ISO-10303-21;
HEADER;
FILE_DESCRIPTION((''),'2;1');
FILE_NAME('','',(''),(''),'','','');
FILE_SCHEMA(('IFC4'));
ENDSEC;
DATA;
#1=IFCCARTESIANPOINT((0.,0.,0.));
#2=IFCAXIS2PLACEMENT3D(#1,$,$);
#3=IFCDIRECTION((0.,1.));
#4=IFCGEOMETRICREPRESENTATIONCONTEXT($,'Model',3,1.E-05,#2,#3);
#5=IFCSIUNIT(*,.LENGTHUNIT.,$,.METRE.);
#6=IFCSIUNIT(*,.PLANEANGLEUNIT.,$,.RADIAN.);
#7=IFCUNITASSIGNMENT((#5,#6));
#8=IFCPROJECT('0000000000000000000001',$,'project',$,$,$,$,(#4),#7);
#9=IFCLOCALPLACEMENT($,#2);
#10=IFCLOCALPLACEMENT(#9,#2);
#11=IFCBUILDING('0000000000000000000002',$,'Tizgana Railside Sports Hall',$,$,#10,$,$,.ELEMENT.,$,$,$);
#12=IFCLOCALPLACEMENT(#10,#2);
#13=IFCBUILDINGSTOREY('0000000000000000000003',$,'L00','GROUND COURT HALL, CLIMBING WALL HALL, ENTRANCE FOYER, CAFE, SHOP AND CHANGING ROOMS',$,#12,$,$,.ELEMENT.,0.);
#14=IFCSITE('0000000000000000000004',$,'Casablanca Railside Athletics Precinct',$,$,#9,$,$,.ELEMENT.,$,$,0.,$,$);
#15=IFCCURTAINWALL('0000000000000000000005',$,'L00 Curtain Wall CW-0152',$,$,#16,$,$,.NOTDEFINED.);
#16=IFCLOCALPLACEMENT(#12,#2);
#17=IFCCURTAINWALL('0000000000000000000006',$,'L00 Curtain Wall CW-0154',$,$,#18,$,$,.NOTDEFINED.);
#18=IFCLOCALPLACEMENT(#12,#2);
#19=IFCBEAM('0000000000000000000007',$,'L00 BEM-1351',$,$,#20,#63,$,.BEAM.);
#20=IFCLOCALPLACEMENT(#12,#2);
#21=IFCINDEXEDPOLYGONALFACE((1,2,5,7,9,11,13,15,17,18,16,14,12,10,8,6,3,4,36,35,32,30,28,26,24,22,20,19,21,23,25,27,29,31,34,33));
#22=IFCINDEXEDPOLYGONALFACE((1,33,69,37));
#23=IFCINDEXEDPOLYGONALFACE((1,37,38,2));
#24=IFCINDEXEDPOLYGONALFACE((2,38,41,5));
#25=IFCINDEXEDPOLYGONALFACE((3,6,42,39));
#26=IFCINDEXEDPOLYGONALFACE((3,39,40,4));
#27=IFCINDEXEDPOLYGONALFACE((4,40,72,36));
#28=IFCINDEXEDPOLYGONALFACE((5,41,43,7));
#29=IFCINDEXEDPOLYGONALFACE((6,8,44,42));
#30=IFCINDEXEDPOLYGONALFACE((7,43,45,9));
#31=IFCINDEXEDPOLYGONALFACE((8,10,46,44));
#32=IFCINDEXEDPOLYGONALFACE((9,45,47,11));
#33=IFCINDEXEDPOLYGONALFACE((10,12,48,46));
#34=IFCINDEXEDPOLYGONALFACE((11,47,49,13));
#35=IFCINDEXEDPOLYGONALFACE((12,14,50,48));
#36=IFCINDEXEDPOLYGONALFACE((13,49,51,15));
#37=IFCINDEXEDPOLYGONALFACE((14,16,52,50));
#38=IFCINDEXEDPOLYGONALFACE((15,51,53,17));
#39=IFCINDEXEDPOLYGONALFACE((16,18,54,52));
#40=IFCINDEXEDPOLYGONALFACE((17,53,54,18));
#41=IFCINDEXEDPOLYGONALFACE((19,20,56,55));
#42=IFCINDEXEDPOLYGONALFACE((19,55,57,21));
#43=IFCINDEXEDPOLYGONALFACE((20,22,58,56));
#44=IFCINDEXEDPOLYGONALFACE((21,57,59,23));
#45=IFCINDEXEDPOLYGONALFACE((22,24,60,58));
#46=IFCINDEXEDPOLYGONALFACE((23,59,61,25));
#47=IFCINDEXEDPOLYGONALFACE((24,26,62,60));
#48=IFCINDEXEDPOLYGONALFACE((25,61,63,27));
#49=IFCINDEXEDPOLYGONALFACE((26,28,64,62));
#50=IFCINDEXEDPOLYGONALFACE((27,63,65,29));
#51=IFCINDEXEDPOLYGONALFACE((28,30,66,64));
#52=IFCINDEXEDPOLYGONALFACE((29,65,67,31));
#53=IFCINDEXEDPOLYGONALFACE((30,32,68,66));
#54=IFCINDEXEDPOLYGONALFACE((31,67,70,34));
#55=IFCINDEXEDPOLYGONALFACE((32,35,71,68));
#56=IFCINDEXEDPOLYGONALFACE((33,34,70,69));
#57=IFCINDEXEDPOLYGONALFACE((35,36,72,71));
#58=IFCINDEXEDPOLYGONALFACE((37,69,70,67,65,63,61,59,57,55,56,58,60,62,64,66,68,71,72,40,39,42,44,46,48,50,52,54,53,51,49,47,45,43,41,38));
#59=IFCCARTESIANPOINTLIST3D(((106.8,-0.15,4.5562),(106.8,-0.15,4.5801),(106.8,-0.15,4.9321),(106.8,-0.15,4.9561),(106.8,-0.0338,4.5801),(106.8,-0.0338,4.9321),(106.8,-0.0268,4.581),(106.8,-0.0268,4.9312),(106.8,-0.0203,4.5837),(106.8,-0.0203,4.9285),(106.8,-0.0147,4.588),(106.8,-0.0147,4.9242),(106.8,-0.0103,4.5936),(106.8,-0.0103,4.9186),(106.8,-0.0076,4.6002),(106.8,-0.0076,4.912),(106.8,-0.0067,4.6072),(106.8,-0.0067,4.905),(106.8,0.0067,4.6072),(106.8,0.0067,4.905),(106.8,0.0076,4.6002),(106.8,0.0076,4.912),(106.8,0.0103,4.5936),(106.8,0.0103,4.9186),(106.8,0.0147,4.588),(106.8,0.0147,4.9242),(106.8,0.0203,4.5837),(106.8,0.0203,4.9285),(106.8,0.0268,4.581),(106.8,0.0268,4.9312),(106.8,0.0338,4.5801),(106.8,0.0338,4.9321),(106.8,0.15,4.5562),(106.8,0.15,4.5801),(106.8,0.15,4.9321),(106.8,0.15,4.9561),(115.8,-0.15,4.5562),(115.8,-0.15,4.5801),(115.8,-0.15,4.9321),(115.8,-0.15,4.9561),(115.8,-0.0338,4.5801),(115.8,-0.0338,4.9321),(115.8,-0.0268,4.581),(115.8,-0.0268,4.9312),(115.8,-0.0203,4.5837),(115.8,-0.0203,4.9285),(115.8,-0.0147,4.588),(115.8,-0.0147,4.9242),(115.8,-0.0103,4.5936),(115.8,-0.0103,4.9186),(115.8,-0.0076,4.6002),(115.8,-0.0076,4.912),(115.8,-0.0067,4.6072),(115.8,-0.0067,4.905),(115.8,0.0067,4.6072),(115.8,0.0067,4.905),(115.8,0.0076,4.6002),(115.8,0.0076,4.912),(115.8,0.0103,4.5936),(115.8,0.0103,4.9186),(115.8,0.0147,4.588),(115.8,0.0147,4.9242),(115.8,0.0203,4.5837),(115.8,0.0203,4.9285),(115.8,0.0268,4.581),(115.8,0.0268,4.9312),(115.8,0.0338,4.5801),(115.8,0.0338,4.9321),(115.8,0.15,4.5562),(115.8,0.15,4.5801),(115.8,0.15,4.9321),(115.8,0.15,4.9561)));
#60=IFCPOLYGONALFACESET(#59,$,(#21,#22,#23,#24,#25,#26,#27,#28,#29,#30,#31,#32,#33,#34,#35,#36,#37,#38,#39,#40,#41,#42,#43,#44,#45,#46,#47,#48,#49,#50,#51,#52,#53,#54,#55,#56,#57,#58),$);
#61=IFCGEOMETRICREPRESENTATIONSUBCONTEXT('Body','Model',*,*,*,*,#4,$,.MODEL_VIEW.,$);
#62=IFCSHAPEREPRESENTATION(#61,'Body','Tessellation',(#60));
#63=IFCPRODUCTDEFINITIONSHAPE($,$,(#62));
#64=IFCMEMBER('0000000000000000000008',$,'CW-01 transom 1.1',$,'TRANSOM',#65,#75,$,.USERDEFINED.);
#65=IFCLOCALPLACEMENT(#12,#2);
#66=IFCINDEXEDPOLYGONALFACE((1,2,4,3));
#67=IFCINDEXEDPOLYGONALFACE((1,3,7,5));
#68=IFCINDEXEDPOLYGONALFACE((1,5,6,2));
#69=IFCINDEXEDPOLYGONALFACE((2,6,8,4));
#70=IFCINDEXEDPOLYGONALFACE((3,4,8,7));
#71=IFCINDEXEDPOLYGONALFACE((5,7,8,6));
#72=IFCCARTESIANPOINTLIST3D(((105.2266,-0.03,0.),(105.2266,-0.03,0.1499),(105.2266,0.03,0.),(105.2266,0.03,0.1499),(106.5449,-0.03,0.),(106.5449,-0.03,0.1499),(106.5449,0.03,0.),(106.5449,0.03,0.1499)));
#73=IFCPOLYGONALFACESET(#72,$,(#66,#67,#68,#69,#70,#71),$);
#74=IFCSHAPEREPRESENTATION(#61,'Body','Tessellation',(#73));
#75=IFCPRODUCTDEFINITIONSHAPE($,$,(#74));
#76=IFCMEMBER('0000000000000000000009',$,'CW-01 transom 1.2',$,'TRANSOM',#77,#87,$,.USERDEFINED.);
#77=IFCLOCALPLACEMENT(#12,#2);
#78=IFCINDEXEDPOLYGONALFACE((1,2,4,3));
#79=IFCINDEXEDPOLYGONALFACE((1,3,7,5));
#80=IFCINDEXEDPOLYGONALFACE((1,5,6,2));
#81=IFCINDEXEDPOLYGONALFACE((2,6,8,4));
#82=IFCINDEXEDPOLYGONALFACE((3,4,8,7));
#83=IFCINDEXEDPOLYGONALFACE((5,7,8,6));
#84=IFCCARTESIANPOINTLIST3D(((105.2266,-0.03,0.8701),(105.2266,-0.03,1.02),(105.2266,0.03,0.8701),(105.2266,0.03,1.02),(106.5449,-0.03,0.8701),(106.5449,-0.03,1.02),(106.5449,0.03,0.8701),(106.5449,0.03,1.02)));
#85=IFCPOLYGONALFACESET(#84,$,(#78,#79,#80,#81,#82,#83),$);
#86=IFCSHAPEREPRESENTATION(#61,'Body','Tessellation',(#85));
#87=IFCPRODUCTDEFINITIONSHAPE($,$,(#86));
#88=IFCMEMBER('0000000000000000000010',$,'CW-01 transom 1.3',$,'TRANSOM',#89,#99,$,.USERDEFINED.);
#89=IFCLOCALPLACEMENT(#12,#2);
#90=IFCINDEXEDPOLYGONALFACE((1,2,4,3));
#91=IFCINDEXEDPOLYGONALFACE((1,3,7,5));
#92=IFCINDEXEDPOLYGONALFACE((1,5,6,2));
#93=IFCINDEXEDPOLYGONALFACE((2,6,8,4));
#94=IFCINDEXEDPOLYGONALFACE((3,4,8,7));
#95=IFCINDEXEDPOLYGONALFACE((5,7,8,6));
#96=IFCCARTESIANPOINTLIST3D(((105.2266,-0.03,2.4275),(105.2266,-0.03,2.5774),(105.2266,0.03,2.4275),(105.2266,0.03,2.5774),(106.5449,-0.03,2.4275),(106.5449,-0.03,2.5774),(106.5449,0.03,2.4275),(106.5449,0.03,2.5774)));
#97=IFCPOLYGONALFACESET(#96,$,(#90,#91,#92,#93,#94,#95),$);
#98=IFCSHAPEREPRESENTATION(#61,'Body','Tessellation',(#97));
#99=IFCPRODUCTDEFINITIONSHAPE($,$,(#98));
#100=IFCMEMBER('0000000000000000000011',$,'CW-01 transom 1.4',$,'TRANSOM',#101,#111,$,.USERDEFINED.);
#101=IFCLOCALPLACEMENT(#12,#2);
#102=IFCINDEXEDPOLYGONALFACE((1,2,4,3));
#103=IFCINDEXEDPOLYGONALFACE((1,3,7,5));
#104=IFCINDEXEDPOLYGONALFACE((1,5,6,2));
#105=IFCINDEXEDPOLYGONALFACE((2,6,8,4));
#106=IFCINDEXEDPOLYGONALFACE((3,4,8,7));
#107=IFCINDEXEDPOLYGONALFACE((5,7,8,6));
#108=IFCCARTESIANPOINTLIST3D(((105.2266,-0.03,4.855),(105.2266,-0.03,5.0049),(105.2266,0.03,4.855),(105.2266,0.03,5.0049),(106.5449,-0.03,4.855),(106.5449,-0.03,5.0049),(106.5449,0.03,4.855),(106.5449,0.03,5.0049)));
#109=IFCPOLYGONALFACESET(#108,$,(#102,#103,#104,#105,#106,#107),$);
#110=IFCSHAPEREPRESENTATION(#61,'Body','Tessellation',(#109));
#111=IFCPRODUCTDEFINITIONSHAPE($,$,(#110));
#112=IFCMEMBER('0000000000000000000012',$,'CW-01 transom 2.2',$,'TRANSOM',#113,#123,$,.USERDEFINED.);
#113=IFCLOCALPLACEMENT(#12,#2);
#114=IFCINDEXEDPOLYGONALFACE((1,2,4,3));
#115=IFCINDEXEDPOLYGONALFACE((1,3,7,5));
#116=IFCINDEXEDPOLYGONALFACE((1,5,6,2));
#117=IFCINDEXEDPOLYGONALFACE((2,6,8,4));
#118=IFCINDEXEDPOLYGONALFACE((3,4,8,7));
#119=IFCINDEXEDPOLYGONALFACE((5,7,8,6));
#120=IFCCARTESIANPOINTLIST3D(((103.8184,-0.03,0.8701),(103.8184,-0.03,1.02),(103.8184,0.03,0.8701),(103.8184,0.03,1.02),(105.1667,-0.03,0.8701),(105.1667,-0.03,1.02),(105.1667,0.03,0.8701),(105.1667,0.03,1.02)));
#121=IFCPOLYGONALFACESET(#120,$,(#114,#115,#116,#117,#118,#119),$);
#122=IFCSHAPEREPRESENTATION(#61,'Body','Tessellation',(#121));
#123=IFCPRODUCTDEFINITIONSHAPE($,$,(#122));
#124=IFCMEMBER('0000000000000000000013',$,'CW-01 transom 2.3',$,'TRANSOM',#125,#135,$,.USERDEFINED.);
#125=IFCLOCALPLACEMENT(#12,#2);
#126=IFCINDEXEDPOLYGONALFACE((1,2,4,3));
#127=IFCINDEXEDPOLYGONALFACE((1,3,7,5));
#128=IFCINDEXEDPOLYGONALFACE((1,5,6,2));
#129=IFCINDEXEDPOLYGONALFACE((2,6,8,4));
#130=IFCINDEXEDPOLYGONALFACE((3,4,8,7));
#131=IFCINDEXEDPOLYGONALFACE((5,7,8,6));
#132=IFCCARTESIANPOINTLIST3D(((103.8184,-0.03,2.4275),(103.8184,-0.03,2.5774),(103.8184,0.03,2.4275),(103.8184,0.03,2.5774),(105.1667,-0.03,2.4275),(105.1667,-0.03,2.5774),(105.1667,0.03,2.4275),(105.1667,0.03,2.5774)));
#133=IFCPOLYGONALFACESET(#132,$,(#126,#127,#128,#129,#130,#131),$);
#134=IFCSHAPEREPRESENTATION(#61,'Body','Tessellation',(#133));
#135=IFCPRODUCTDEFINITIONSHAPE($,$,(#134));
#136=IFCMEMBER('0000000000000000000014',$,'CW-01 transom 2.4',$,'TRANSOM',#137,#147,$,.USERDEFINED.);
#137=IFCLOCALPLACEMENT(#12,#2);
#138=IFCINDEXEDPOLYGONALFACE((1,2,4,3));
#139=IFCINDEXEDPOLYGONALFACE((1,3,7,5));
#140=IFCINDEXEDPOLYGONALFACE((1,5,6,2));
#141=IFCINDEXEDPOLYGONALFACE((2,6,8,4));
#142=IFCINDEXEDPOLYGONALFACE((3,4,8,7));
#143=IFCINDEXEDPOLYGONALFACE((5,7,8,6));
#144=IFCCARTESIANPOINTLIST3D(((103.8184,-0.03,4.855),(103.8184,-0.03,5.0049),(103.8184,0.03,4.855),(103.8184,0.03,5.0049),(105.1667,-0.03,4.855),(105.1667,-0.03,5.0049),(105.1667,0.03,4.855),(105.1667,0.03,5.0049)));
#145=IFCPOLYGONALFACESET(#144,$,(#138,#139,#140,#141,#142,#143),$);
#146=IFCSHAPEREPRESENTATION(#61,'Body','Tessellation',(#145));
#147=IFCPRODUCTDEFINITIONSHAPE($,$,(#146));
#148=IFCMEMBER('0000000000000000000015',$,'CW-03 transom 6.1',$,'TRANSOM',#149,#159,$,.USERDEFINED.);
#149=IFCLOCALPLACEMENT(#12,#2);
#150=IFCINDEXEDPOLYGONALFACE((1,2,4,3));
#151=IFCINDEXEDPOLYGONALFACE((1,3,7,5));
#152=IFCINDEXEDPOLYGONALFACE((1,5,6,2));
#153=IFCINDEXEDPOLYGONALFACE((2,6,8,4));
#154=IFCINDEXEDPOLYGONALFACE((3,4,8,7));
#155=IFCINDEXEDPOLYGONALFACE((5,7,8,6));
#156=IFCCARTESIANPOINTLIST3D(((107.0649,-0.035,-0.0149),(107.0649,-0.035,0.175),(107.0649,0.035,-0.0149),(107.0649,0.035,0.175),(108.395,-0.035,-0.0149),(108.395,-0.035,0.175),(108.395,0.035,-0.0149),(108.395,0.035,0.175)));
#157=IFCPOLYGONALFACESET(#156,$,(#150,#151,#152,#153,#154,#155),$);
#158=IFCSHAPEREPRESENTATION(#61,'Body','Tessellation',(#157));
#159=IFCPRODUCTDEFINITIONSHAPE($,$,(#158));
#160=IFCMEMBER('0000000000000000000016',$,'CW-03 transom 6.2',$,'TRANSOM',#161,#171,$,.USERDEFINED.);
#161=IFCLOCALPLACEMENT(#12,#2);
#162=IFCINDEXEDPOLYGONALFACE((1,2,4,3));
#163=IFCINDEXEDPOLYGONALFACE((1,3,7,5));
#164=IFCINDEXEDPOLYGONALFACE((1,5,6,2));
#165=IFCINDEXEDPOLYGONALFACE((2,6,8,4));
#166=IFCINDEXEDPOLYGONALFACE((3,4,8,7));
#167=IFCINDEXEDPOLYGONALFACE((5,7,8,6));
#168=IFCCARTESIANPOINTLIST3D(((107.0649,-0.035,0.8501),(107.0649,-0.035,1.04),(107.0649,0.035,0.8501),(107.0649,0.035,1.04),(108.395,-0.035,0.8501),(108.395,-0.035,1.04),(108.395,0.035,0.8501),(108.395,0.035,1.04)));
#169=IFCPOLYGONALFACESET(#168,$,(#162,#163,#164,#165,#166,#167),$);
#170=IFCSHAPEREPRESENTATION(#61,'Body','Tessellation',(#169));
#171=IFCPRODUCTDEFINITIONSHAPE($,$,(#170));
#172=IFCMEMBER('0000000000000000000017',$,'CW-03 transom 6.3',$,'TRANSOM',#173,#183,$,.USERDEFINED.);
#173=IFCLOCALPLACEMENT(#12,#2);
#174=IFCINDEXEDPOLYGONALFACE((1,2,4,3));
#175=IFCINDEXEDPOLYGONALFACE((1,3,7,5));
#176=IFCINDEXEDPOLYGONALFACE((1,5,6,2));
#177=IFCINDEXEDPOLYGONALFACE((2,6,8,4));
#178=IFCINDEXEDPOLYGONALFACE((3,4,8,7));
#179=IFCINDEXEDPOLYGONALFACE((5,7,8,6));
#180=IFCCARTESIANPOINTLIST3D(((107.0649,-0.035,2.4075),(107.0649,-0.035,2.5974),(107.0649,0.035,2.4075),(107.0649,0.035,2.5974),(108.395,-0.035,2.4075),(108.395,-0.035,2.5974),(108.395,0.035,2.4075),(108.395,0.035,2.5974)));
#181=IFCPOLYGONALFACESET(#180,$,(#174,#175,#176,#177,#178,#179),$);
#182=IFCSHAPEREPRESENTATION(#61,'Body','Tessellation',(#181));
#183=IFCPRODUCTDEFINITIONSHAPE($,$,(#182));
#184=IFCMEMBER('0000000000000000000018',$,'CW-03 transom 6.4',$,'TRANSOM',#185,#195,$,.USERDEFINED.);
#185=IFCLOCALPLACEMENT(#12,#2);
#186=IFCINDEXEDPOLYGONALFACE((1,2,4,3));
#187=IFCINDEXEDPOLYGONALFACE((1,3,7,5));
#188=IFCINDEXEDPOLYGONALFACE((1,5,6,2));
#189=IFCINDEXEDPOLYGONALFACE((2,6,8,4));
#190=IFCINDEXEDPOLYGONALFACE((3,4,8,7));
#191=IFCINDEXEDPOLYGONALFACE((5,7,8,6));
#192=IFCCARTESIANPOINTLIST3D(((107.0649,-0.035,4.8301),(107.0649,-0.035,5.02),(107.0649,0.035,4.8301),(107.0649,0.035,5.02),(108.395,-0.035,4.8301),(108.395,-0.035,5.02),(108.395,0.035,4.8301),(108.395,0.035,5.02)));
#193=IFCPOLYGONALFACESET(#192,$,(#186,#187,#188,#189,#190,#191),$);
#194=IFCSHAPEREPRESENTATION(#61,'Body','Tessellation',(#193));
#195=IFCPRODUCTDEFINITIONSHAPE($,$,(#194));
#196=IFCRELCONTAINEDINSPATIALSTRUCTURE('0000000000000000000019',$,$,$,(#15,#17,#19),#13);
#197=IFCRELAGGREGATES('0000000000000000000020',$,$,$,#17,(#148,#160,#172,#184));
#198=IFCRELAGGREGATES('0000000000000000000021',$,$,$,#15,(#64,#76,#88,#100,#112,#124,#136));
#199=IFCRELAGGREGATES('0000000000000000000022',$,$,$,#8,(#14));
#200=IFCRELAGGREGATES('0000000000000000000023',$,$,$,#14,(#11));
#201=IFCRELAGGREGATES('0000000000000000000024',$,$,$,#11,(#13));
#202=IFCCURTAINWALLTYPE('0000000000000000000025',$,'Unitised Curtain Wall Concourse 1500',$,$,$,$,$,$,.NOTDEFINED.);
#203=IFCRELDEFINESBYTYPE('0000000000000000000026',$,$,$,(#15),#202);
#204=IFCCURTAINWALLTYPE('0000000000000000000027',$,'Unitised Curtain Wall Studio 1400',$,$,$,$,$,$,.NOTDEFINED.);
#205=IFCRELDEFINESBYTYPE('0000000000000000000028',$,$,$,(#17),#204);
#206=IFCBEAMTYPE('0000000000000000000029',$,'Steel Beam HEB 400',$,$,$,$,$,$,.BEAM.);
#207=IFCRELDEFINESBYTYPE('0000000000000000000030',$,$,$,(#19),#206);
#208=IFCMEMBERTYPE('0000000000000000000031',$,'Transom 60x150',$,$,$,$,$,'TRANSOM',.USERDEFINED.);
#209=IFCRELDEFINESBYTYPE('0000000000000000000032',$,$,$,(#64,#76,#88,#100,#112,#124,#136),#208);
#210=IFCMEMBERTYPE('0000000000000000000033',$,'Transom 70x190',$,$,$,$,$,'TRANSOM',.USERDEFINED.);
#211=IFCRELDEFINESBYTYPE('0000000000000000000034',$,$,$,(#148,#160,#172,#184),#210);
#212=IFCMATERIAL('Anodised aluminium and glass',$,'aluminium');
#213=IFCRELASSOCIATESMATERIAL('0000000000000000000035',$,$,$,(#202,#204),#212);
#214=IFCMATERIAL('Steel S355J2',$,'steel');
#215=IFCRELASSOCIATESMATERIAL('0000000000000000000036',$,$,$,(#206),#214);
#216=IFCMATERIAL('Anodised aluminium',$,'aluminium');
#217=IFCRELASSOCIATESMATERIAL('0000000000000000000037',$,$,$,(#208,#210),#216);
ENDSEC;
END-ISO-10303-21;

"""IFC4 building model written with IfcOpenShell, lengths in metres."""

from ifc_helpers import new_model, si_unit, direction, frame, origin, origin_2d, place, context, subcontext, project, spatial, rectangle, i_section, extrude, material, material_profile, profile_set, type_object, element, aggregate, save


model = new_model("IFC4")

# Units and contexts
model_context = context("Model", 3, precision=1e-05, world=origin(), true_north=direction((0.0, 1.0)))
body_context = subcontext(model_context, "Body", "Model", "MODEL_VIEW")
ifc_project = project(units=[si_unit("LENGTHUNIT", "METRE"), si_unit("PLANEANGLEUNIT", "RADIAN")], contexts=[model_context])

# Site, building, storey
site_placement = place(None, origin())
site = spatial("IfcSite", under=ifc_project, at=site_placement, Name="Casablanca Railside Athletics Precinct", CompositionType="ELEMENT", RefElevation=0.0)
building_placement = place(site_placement, origin())
building = spatial("IfcBuilding", under=site, at=building_placement, Name="Tizgana Railside Sports Hall", CompositionType="ELEMENT")
storey_placement = place(building_placement, origin())
storey = spatial("IfcBuildingStorey", under=building, at=storey_placement, Name="L00", Description="GROUND COURT HALL, CLIMBING WALL HALL, ENTRANCE FOYER, CAFE, SHOP AND CHANGING ROOMS", CompositionType="ELEMENT", Elevation=0.0)

# Shared definitions
ifc_material_1 = material(Name="Steel S355J2", Category="steel")

# Curtain walls
ifc_material_2 = material(Name="Anodised aluminium and glass", Category="aluminium")
curtain_wall_type_1 = type_object("IfcCurtainWallType", Name="Unitised Curtain Wall Concourse 1500", PredefinedType="NOTDEFINED", material=ifc_material_2)
curtain_wall_1_placement = place(storey_placement, origin())
curtain_wall_1 = element("IfcCurtainWall", 1, at=curtain_wall_1_placement, inside=storey, type_object=curtain_wall_type_1, Name="L00 Curtain Wall CW-0152", PredefinedType="NOTDEFINED")
ifc_material_3 = material(Name="Anodised aluminium", Category="aluminium")
curtain_wall_type_2 = type_object("IfcCurtainWallType", Name="Unitised Curtain Wall Studio 1400", PredefinedType="NOTDEFINED", material=ifc_material_2)
curtain_wall_2_placement = place(storey_placement, origin())
curtain_wall_2 = element("IfcCurtainWall", 2, at=curtain_wall_2_placement, inside=storey, type_object=curtain_wall_type_2, Name="L00 Curtain Wall CW-0154", PredefinedType="NOTDEFINED")

# Beam
ifc_material_profile_1 = material_profile(ifc_material_1, i_section(OverallWidth=0.3, OverallDepth=0.3999, WebThickness=0.0134, FlangeThickness=0.0239, FilletRadius=0.0271, at=origin_2d()), Name="HEB 400")
ifc_profile_set_1 = profile_set([ifc_material_profile_1], Name="Steel S355J2")
beam_type_1 = type_object("IfcBeamType", Name="Steel Beam HEB 400", PredefinedType="BEAM", material=ifc_profile_set_1)
beam_1_placement = place(storey_placement, frame((106.8, 0.0, 4.7561), z_axis=(1.0, 0.0, 0.0), x_axis=(0.0, 1.0, 0.0)))
element("IfcBeam", 3, at=beam_1_placement, inside=storey, type_object=beam_type_1, Name="L00 BEM-1351", PredefinedType="BEAM", context=body_context, shape_type="SweptSolid", body=[
    extrude(i_section(OverallWidth=0.3, OverallDepth=0.3999, WebThickness=0.0134, FlangeThickness=0.0239, FilletRadius=0.0271, at=origin_2d()), origin(), (0.0, 0.0, 1.0), 9.0),
])

# Members
ifc_material_profile_2 = material_profile(ifc_material_3, rectangle(XDim=0.0601, YDim=0.1499, at=origin_2d()), Name="Transom 60x150")
ifc_profile_set_2 = profile_set([ifc_material_profile_2], Name="Anodised aluminium")
member_type_1 = type_object("IfcMemberType", Name="Transom 60x150", ElementType="TRANSOM", PredefinedType="USERDEFINED", material=ifc_profile_set_2)
member_1_placement = place(storey_placement, frame((106.5449, 0.0, 0.075), z_axis=(-1.0, 0.0, 0.0), x_axis=(0.0, -1.0, 0.0)))
member_1 = element("IfcMember", 4, at=member_1_placement, type_object=member_type_1, Name="CW-01 transom 1.1", ObjectType="TRANSOM", PredefinedType="USERDEFINED", context=body_context, shape_type="SweptSolid", body=[
    extrude(rectangle(XDim=0.0601, YDim=0.1499, at=origin_2d()), origin(), (0.0, 0.0, 1.0), 1.3184),
])
member_2_placement = place(storey_placement, frame((106.5449, 0.0, 0.9451), z_axis=(-1.0, 0.0, 0.0), x_axis=(0.0, -1.0, 0.0)))
member_2 = element("IfcMember", 5, at=member_2_placement, type_object=member_type_1, Name="CW-01 transom 1.2", ObjectType="TRANSOM", PredefinedType="USERDEFINED", context=body_context, shape_type="SweptSolid", body=[
    extrude(rectangle(XDim=0.0601, YDim=0.1499, at=origin_2d()), origin(), (0.0, 0.0, 1.0), 1.3184),
])
member_3_placement = place(storey_placement, frame((106.5449, 0.0, 2.5024), z_axis=(-1.0, 0.0, 0.0), x_axis=(0.0, -1.0, 0.0)))
member_3 = element("IfcMember", 6, at=member_3_placement, type_object=member_type_1, Name="CW-01 transom 1.3", ObjectType="TRANSOM", PredefinedType="USERDEFINED", context=body_context, shape_type="SweptSolid", body=[
    extrude(rectangle(XDim=0.0601, YDim=0.1499, at=origin_2d()), origin(), (0.0, 0.0, 1.0), 1.3184),
])
member_4_placement = place(storey_placement, frame((106.5449, 0.0, 4.9299), z_axis=(-1.0, 0.0, 0.0), x_axis=(0.0, -1.0, 0.0)))
member_4 = element("IfcMember", 7, at=member_4_placement, type_object=member_type_1, Name="CW-01 transom 1.4", ObjectType="TRANSOM", PredefinedType="USERDEFINED", context=body_context, shape_type="SweptSolid", body=[
    extrude(rectangle(XDim=0.0601, YDim=0.1499, at=origin_2d()), origin(), (0.0, 0.0, 1.0), 1.3184),
])
member_5_placement = place(storey_placement, frame((105.1667, 0.0, 0.9451), z_axis=(-1.0, 0.0, 0.0), x_axis=(0.0, -1.0, 0.0)))
member_5 = element("IfcMember", 8, at=member_5_placement, type_object=member_type_1, Name="CW-01 transom 2.2", ObjectType="TRANSOM", PredefinedType="USERDEFINED", context=body_context, shape_type="SweptSolid", body=[
    extrude(rectangle(XDim=0.0601, YDim=0.1499, at=origin_2d()), origin(), (0.0, 0.0, 1.0), 1.3484),
])
member_6_placement = place(storey_placement, frame((105.1667, 0.0, 2.5024), z_axis=(-1.0, 0.0, 0.0), x_axis=(0.0, -1.0, 0.0)))
member_6 = element("IfcMember", 9, at=member_6_placement, type_object=member_type_1, Name="CW-01 transom 2.3", ObjectType="TRANSOM", PredefinedType="USERDEFINED", context=body_context, shape_type="SweptSolid", body=[
    extrude(rectangle(XDim=0.0601, YDim=0.1499, at=origin_2d()), origin(), (0.0, 0.0, 1.0), 1.3484),
])
member_7_placement = place(storey_placement, frame((105.1667, 0.0, 4.9299), z_axis=(-1.0, 0.0, 0.0), x_axis=(0.0, -1.0, 0.0)))
member_7 = element("IfcMember", 10, at=member_7_placement, type_object=member_type_1, Name="CW-01 transom 2.4", ObjectType="TRANSOM", PredefinedType="USERDEFINED", context=body_context, shape_type="SweptSolid", body=[
    extrude(rectangle(XDim=0.0601, YDim=0.1499, at=origin_2d()), origin(), (0.0, 0.0, 1.0), 1.3484),
])
ifc_material_profile_3 = material_profile(ifc_material_3, rectangle(XDim=0.0701, YDim=0.1899, at=origin_2d()), Name="Transom 70x190")
ifc_profile_set_3 = profile_set([ifc_material_profile_3], Name="Anodised aluminium")
member_type_2 = type_object("IfcMemberType", Name="Transom 70x190", ElementType="TRANSOM", PredefinedType="USERDEFINED", material=ifc_profile_set_3)
member_8_placement = place(storey_placement, frame((108.395, 0.0, 0.0801), z_axis=(-1.0, 0.0, 0.0), x_axis=(0.0, -1.0, 0.0)))
member_8 = element("IfcMember", 11, at=member_8_placement, type_object=member_type_2, Name="CW-03 transom 6.1", ObjectType="TRANSOM", PredefinedType="USERDEFINED", context=body_context, shape_type="SweptSolid", body=[
    extrude(rectangle(XDim=0.0701, YDim=0.1899, at=origin_2d()), origin(), (0.0, 0.0, 1.0), 1.3301),
])
member_9_placement = place(storey_placement, frame((108.395, 0.0, 0.9451), z_axis=(-1.0, 0.0, 0.0), x_axis=(0.0, -1.0, 0.0)))
member_9 = element("IfcMember", 12, at=member_9_placement, type_object=member_type_2, Name="CW-03 transom 6.2", ObjectType="TRANSOM", PredefinedType="USERDEFINED", context=body_context, shape_type="SweptSolid", body=[
    extrude(rectangle(XDim=0.0701, YDim=0.1899, at=origin_2d()), origin(), (0.0, 0.0, 1.0), 1.3301),
])
member_10_placement = place(storey_placement, frame((108.395, 0.0, 2.5024), z_axis=(-1.0, 0.0, 0.0), x_axis=(0.0, -1.0, 0.0)))
member_10 = element("IfcMember", 13, at=member_10_placement, type_object=member_type_2, Name="CW-03 transom 6.3", ObjectType="TRANSOM", PredefinedType="USERDEFINED", context=body_context, shape_type="SweptSolid", body=[
    extrude(rectangle(XDim=0.0701, YDim=0.1899, at=origin_2d()), origin(), (0.0, 0.0, 1.0), 1.3301),
])
member_11_placement = place(storey_placement, frame((108.395, 0.0, 4.925), z_axis=(-1.0, 0.0, 0.0), x_axis=(0.0, -1.0, 0.0)))
member_11 = element("IfcMember", 14, at=member_11_placement, type_object=member_type_2, Name="CW-03 transom 6.4", ObjectType="TRANSOM", PredefinedType="USERDEFINED", context=body_context, shape_type="SweptSolid", body=[
    extrude(rectangle(XDim=0.0701, YDim=0.1899, at=origin_2d()), origin(), (0.0, 0.0, 1.0), 1.3301),
])

aggregate(curtain_wall_2, [member_8, member_9, member_10, member_11])
aggregate(curtain_wall_1, [member_1, member_2, member_3, member_4, member_5, member_6, member_7])

save(model, "model.ifc")
